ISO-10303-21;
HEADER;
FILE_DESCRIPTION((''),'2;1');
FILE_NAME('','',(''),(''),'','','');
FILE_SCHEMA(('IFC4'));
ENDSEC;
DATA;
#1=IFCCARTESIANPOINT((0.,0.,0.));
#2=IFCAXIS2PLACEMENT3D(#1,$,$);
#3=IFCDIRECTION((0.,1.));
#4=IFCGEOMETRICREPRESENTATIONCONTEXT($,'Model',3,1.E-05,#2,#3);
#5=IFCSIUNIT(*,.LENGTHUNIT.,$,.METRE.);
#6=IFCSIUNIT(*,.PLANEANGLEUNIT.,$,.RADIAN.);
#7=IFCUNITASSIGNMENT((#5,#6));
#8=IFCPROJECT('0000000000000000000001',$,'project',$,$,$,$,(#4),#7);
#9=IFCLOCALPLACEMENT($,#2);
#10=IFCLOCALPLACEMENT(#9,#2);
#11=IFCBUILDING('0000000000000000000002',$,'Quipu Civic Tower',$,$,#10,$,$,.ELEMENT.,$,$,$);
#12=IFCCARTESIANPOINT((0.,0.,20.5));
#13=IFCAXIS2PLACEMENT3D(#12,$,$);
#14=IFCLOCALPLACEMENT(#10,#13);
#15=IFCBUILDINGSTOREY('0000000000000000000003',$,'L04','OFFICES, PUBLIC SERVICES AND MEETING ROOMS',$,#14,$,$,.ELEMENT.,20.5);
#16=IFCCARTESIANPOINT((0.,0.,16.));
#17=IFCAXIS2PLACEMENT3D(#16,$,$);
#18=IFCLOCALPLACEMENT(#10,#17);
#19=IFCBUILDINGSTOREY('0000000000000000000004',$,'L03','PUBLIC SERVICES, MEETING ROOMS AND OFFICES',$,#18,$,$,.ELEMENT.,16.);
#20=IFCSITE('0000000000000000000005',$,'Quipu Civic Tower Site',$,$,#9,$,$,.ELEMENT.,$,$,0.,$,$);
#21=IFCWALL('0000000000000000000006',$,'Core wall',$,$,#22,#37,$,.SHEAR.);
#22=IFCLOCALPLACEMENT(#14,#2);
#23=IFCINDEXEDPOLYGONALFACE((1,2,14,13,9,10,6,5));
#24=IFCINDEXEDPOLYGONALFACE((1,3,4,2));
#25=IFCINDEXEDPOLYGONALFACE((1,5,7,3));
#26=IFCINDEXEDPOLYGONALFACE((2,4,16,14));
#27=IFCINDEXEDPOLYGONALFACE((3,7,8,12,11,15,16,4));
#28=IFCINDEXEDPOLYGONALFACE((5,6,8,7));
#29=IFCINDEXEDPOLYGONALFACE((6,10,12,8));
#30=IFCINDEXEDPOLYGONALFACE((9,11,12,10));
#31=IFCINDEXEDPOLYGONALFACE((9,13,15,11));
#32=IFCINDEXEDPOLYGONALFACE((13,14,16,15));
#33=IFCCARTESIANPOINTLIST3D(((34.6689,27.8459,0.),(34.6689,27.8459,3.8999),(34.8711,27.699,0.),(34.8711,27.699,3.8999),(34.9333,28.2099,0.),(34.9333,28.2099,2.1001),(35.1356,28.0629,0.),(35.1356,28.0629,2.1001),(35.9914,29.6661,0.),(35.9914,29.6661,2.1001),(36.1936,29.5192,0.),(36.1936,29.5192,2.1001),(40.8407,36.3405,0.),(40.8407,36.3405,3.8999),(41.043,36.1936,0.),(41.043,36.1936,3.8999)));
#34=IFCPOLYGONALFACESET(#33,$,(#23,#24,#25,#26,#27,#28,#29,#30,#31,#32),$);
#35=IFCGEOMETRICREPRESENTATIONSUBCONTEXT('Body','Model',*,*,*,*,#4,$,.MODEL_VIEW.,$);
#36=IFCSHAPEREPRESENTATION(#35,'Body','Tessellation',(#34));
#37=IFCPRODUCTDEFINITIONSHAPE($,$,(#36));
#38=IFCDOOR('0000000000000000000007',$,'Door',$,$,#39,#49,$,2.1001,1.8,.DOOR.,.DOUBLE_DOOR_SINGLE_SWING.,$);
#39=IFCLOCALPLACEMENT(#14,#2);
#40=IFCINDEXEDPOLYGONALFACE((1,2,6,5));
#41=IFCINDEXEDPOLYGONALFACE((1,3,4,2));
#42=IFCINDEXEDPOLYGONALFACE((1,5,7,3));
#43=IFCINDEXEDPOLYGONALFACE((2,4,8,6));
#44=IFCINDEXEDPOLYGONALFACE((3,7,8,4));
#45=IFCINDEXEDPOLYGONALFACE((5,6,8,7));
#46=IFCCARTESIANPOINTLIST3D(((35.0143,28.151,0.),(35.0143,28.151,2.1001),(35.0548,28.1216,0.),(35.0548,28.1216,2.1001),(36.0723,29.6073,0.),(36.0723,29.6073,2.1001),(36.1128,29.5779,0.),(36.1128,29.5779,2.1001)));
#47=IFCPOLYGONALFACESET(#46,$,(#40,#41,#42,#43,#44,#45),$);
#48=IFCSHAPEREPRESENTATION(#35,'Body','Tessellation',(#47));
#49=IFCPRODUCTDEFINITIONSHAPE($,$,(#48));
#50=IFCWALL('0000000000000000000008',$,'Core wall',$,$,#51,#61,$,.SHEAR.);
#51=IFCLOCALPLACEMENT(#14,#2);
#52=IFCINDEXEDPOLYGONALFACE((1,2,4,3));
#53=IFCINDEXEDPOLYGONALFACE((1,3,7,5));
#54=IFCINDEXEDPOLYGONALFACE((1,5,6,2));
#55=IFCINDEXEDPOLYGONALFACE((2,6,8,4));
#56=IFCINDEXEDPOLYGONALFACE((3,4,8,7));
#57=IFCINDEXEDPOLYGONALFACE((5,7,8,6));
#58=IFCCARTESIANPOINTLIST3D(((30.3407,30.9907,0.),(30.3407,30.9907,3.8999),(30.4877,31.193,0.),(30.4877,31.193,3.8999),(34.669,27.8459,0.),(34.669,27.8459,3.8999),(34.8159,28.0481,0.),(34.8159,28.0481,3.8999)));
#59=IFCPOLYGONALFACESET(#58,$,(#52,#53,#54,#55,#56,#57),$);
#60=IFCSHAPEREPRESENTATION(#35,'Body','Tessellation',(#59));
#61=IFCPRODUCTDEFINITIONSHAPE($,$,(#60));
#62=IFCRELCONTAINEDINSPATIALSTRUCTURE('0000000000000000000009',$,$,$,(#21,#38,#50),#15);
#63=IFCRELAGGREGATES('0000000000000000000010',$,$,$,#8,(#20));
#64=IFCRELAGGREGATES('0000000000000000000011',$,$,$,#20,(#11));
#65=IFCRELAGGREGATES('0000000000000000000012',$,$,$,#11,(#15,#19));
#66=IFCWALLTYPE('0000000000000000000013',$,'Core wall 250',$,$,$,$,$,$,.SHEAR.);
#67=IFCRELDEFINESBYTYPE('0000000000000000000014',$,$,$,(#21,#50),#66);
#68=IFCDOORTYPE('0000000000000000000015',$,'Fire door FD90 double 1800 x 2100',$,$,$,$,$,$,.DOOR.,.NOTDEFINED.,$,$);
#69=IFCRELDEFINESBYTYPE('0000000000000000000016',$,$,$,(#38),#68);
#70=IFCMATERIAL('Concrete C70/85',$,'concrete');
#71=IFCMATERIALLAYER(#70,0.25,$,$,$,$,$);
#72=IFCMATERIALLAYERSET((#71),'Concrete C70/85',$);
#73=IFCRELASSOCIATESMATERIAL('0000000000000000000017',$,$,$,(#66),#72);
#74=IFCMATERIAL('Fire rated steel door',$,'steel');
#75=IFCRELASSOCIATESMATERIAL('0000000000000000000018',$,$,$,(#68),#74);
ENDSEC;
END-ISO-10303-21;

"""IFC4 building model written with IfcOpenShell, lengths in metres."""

from ifc_helpers import new_model, si_unit, direction, frame, frame_2d, origin, place, context, subcontext, project, spatial, rectangle, extrude, material, layer, layer_set, type_object, element, fill, save


model = new_model("IFC4")

# Units and contexts
model_context = context("Model", 3, precision=1e-05, world=origin(), true_north=direction((0.0, 1.0)))
body_context = subcontext(model_context, "Body", "Model", "MODEL_VIEW")
ifc_project = project(units=[si_unit("LENGTHUNIT", "METRE"), si_unit("PLANEANGLEUNIT", "RADIAN")], contexts=[model_context])

# Site, building, storey
site_placement = place(None, origin())
site = spatial("IfcSite", under=ifc_project, at=site_placement, Name="Quipu Civic Tower Site", CompositionType="ELEMENT", RefElevation=0.0)
building_placement = place(site_placement, origin())
building = spatial("IfcBuilding", under=site, at=building_placement, Name="Quipu Civic Tower", CompositionType="ELEMENT")
storey_1_placement = place(building_placement, frame((0.0, 0.0, 20.5)))
storey_1 = spatial("IfcBuildingStorey", under=building, at=storey_1_placement, Name="L04", Description="OFFICES, PUBLIC SERVICES AND MEETING ROOMS", CompositionType="ELEMENT", Elevation=20.5)

# Shared definitions
storey_2_placement = place(building_placement, frame((0.0, 0.0, 16.0)))
storey_2 = spatial("IfcBuildingStorey", under=building, at=storey_2_placement, Name="L03", Description="PUBLIC SERVICES, MEETING ROOMS AND OFFICES", CompositionType="ELEMENT", Elevation=16.0)

# Shared definitions
ifc_material_1 = material(Name="Concrete C70/85", Category="concrete")
ifc_layer_1 = layer(ifc_material_1, 0.25)
ifc_layer_set_1 = layer_set([ifc_layer_1], Name="Concrete C70/85")
wall_type_1 = type_object("IfcWallType", Name="Core wall 250", PredefinedType="SHEAR", material=ifc_layer_set_1)
ifc_material_2 = material(Name="Fire rated steel door", Category="steel")
door_type = type_object("IfcDoorType", Name="Fire door FD90 double 1800 x 2100", OperationType="NOTDEFINED", PredefinedType="DOOR", material=ifc_material_2)

# Wall, opening, door
wall_1_placement = place(storey_1_placement, frame((34.77, 27.7725, 0.0), z_axis=(0.0, 0.0, 1.0), x_axis=(0.587796, 0.809009, 0.0)))
wall_1 = element("IfcWall", 1, at=wall_1_placement, inside=storey_1, type_object=wall_type_1, Name="Core wall", PredefinedType="SHEAR", context=body_context, shape_type="SweptSolid", body=[
    extrude(rectangle(XDim=10.5, YDim=0.25, at=frame_2d((5.25, 0.0))), origin(), (0.0, 0.0, 1.0), 3.8999),
])
opening_1_placement = place(wall_1_placement, frame((0.45, 0.0, 0.0)))
opening_1 = element("IfcOpeningElement", 2, at=opening_1_placement, cuts=wall_1, PredefinedType="OPENING", context=body_context, shape_type="SweptSolid", body=[
    extrude(rectangle(XDim=1.8, YDim=2.1001, at=frame_2d((0.8999, 1.05))), frame((0.0, 0.135, 0.0), z_axis=(0.0, -1.0, 0.0), x_axis=(1.0, 0.0, 0.0)), (0.0, 0.0, 1.0), 0.27),
])
door_1_placement = place(opening_1_placement, origin())
door_1 = element("IfcDoor", 3, at=door_1_placement, inside=storey_1, type_object=door_type, Name="Door", OperationType="DOUBLE_DOOR_SINGLE_SWING", OverallHeight=2.1001, OverallWidth=1.8, PredefinedType="DOOR", context=body_context, shape_type="SweptSolid", body=[
    extrude(rectangle(XDim=1.8, YDim=2.1001, at=frame_2d((0.8999, 1.05))), frame((0.0, 0.0249, 0.0), z_axis=(0.0, -1.0, 0.0), x_axis=(1.0, 0.0, 0.0)), (0.0, 0.0, 1.0), 0.05),
])
fill(opening_1, door_1)

# Wall
wall_2_placement = place(storey_1_placement, frame((34.7424, 27.947, 0.0), z_axis=(0.0, 0.0, 1.0), x_axis=(-0.808998, 0.587811, 0.0)))
element("IfcWall", 4, at=wall_2_placement, inside=storey_1, type_object=wall_type_1, Name="Core wall", PredefinedType="SHEAR", context=body_context, shape_type="SweptSolid", body=[
    extrude(rectangle(XDim=5.3501, YDim=0.25, at=frame_2d((2.675, 0.0))), origin(), (0.0, 0.0, 1.0), 3.8999),
])

save(model, "model.ifc")
